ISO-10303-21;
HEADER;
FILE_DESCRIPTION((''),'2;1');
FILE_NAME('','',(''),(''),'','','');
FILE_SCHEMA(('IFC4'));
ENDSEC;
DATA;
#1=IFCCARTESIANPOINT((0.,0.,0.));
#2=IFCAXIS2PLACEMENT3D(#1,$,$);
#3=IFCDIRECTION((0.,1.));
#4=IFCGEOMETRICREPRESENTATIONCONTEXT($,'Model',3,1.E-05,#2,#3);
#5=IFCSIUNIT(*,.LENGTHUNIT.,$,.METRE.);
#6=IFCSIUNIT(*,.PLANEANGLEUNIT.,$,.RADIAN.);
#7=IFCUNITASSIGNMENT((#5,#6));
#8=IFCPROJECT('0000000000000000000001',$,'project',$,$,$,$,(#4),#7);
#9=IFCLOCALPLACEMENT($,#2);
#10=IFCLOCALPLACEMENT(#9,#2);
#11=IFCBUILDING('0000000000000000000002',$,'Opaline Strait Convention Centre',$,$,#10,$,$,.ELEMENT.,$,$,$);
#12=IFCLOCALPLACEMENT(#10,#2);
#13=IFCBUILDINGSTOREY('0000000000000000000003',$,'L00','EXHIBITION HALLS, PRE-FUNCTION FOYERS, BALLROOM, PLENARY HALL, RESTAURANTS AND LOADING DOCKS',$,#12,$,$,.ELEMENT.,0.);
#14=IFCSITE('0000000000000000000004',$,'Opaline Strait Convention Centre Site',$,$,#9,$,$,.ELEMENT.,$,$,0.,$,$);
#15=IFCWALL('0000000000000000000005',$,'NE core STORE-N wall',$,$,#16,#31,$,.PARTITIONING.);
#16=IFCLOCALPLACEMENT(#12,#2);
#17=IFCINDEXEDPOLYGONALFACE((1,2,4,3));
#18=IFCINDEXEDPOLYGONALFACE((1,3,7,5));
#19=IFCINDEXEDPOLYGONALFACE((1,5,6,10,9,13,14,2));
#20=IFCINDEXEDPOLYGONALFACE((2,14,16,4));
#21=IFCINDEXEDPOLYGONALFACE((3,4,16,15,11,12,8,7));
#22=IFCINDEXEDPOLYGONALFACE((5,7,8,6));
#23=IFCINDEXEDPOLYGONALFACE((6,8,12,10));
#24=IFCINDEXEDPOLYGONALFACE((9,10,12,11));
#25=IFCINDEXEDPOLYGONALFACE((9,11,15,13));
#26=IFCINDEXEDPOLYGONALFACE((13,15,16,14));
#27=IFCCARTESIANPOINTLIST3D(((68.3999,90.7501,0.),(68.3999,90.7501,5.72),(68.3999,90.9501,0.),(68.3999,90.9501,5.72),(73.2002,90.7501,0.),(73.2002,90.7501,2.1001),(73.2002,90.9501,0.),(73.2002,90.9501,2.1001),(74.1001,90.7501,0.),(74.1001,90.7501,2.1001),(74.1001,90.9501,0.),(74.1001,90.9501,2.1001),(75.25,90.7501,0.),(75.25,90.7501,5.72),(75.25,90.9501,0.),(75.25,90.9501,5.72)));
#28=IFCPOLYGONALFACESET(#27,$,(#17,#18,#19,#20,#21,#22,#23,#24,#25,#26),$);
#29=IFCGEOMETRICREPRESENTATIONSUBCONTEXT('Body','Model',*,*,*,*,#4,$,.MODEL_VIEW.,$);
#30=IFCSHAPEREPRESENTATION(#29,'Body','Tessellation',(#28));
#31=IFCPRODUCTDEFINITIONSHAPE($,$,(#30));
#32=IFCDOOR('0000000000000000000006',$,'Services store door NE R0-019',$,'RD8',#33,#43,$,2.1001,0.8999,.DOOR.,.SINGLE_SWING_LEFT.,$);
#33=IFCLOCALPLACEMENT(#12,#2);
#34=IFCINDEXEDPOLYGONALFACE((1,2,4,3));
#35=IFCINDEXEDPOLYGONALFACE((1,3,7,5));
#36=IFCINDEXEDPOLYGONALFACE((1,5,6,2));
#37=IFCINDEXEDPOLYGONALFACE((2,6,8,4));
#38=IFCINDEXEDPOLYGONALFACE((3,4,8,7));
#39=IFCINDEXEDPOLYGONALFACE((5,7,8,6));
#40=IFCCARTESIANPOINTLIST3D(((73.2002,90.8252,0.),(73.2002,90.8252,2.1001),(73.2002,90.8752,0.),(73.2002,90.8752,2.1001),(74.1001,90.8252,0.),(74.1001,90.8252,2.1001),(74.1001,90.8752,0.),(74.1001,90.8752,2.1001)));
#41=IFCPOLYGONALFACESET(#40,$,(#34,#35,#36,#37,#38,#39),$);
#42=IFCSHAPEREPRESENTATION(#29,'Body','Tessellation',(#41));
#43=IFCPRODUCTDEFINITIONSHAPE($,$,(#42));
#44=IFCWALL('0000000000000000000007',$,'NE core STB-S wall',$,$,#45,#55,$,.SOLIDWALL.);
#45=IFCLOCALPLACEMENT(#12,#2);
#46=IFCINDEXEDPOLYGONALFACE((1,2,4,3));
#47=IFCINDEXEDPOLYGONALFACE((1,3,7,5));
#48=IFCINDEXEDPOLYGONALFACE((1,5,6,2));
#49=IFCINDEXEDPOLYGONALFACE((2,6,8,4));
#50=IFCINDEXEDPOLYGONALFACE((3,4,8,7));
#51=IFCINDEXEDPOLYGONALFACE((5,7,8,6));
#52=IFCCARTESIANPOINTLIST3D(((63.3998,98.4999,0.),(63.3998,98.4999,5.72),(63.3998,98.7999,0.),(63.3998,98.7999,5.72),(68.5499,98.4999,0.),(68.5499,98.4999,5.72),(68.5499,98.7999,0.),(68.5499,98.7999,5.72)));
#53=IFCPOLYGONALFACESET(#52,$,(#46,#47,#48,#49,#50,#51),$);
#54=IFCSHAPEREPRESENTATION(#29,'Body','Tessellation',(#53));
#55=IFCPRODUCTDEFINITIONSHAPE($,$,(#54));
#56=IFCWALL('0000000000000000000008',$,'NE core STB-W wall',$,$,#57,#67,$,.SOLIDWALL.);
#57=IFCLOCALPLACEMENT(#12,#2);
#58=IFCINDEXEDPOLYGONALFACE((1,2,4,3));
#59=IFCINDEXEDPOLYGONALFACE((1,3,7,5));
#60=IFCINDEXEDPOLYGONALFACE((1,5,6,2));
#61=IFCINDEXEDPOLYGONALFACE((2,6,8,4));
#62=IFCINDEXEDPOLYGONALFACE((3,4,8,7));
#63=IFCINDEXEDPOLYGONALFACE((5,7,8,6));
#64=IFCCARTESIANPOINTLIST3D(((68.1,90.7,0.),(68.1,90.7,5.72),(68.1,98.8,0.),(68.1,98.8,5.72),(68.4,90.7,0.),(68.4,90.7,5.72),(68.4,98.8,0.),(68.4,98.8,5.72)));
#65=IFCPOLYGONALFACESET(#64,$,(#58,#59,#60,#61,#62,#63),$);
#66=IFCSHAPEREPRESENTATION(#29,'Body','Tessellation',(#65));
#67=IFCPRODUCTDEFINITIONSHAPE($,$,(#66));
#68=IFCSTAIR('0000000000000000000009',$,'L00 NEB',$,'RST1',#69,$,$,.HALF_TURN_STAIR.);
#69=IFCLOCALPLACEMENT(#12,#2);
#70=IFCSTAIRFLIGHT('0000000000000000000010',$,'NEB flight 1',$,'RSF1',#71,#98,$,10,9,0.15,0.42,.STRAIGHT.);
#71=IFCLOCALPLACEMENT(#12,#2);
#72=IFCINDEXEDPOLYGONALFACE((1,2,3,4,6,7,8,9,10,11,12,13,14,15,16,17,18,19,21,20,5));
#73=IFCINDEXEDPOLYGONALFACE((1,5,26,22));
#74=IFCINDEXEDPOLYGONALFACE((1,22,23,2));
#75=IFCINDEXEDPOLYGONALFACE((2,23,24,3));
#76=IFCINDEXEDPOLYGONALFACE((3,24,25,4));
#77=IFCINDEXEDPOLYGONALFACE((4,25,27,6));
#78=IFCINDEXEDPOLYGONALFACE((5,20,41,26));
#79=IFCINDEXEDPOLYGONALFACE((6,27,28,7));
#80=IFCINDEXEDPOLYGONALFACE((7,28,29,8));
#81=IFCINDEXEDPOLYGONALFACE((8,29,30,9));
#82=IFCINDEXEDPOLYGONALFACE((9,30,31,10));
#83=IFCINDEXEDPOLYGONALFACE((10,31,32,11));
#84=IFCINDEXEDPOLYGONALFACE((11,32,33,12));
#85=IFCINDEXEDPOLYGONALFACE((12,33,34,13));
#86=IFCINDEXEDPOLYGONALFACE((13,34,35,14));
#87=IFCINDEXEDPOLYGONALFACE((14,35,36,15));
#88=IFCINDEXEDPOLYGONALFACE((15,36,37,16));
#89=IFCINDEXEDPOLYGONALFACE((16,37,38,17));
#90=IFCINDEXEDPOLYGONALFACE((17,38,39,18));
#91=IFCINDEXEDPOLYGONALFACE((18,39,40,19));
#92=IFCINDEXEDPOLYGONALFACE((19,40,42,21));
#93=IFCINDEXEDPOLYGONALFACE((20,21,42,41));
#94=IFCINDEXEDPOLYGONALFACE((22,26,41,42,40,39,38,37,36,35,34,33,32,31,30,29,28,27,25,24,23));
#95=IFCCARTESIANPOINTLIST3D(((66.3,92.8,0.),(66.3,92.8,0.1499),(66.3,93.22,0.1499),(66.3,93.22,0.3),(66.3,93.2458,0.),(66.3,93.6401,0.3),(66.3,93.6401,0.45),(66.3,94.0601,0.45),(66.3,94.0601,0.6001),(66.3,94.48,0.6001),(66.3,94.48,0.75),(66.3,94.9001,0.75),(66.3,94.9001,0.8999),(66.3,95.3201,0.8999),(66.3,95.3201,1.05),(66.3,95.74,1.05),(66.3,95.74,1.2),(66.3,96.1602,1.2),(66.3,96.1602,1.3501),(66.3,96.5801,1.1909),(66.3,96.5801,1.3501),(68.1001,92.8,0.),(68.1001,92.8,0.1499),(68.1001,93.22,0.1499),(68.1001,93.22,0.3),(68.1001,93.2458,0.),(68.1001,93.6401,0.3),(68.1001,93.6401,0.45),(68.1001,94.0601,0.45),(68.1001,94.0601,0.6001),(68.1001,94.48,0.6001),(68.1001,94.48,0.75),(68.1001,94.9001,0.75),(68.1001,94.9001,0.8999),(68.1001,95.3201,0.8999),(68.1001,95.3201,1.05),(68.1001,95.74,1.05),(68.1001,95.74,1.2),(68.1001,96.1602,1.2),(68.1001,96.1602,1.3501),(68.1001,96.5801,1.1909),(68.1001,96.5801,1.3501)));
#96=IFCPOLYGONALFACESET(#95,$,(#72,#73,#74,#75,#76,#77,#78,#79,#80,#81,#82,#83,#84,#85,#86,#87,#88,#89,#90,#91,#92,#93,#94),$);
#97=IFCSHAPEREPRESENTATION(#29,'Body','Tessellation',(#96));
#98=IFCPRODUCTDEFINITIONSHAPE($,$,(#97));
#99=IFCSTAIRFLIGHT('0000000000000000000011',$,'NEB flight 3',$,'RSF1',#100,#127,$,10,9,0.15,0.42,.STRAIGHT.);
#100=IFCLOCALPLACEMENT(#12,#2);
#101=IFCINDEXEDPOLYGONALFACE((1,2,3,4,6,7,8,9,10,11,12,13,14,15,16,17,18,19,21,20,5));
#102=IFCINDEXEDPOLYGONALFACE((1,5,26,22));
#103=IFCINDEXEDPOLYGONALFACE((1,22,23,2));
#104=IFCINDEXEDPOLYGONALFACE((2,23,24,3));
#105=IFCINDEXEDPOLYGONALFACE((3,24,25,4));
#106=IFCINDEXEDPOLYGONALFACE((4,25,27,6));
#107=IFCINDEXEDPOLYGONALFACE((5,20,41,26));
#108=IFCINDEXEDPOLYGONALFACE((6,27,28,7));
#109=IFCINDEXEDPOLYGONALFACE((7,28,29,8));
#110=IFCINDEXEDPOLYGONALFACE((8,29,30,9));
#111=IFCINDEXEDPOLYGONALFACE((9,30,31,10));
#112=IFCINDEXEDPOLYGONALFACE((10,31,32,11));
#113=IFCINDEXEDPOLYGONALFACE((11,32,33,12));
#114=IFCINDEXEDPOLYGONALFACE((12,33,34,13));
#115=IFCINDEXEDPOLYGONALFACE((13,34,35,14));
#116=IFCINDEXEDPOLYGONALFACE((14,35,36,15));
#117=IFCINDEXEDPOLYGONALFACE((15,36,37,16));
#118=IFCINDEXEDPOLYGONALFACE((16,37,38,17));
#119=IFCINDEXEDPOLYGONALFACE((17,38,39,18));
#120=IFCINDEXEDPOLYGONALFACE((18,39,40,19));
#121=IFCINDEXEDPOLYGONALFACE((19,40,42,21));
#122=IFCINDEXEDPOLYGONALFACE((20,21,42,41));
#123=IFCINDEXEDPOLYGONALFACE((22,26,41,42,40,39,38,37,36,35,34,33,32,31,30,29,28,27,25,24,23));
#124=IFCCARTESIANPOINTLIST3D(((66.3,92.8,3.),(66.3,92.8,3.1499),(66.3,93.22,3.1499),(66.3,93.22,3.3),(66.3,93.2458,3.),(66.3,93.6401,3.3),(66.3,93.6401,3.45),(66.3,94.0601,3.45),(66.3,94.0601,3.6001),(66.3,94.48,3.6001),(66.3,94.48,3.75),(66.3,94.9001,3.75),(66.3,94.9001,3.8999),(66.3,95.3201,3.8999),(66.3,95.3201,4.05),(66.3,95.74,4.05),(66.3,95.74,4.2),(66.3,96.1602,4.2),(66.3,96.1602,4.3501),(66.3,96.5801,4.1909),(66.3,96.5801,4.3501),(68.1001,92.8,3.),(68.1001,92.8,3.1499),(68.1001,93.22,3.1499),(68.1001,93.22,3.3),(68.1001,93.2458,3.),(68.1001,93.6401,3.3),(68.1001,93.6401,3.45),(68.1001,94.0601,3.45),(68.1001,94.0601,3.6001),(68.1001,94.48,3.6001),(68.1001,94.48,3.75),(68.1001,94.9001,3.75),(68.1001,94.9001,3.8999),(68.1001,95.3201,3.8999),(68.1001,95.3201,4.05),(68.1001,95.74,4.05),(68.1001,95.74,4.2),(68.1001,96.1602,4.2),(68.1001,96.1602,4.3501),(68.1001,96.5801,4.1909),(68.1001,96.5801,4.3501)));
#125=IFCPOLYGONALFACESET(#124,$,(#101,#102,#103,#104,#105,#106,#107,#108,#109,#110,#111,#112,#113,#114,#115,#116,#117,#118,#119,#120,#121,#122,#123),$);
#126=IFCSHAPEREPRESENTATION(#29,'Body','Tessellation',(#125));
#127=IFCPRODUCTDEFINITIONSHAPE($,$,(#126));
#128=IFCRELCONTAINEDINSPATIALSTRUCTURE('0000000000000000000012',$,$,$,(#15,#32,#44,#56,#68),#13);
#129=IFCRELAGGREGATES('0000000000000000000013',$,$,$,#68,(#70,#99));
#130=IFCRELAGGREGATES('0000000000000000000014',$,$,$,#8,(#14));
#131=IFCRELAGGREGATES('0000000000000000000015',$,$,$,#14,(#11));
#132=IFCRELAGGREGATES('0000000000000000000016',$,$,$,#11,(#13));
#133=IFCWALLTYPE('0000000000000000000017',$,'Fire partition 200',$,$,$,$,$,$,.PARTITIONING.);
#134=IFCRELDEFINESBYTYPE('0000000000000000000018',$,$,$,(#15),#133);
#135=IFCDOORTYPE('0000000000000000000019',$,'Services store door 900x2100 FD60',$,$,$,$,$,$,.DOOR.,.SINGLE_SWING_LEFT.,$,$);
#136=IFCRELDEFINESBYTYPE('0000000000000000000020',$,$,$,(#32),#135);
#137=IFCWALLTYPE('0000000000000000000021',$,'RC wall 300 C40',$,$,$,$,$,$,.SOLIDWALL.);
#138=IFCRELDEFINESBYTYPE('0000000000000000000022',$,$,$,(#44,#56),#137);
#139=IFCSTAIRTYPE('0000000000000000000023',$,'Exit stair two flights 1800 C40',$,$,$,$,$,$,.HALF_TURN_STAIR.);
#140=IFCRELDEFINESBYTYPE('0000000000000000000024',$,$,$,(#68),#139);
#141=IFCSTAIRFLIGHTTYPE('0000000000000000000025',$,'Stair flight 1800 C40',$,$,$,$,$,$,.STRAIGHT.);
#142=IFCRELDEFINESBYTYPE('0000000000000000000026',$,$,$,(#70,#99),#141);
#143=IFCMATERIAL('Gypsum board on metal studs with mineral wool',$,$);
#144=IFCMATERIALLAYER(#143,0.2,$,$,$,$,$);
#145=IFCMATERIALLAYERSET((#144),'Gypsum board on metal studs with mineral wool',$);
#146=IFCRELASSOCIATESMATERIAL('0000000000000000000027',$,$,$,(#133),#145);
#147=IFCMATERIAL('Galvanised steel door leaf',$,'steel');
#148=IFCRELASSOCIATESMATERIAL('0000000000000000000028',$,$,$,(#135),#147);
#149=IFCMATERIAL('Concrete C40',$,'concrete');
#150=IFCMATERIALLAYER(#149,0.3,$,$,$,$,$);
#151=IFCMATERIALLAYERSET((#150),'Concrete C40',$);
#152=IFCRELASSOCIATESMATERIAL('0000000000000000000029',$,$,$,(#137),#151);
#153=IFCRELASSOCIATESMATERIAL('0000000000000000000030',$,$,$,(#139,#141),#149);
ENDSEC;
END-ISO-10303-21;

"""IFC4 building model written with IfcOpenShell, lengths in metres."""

from ifc_helpers import new_model, si_unit, direction, frame, frame_2d, origin, place, context, subcontext, project, spatial, polyline, rectangle, outline, extrude, material, layer, layer_set, type_object, element, fill, aggregate, save


model = new_model("IFC4")

# Units and contexts
model_context = context("Model", 3, precision=1e-05, world=origin(), true_north=direction((0.0, 1.0)))
body_context = subcontext(model_context, "Body", "Model", "MODEL_VIEW")
ifc_project = project(units=[si_unit("LENGTHUNIT", "METRE"), si_unit("PLANEANGLEUNIT", "RADIAN")], contexts=[model_context])

# Site, building, storey
site_placement = place(None, origin())
site = spatial("IfcSite", under=ifc_project, at=site_placement, Name="Opaline Strait Convention Centre Site", CompositionType="ELEMENT", RefElevation=0.0)
building_placement = place(site_placement, origin())
building = spatial("IfcBuilding", under=site, at=building_placement, Name="Opaline Strait Convention Centre", CompositionType="ELEMENT")
storey_placement = place(building_placement, origin())
storey = spatial("IfcBuildingStorey", under=building, at=storey_placement, Name="L00", Description="EXHIBITION HALLS, PRE-FUNCTION FOYERS, BALLROOM, PLENARY HALL, RESTAURANTS AND LOADING DOCKS", CompositionType="ELEMENT", Elevation=0.0)

# Shared definitions
ifc_material_1 = material(Name="Concrete C40", Category="concrete")

# Wall, opening, door
ifc_material_2 = material(Name="Gypsum board on metal studs with mineral wool")
ifc_layer_1 = layer(ifc_material_2, 0.2)
ifc_layer_set_1 = layer_set([ifc_layer_1], Name="Gypsum board on metal studs with mineral wool")
wall_type_1 = type_object("IfcWallType", Name="Fire partition 200", PredefinedType="PARTITIONING", material=ifc_layer_set_1)
wall_1_placement = place(storey_placement, frame((75.25, 90.8501, 0.0), z_axis=(0.0, 0.0, 1.0), x_axis=(-1.0, 0.0, 0.0)))
wall_1 = element("IfcWall", 1, at=wall_1_placement, inside=storey, type_object=wall_type_1, Name="NE core STORE-N wall", PredefinedType="PARTITIONING", context=body_context, shape_type="SweptSolid", body=[
    extrude(rectangle(XDim=6.8501, YDim=0.2, at=frame_2d((3.425, 0.0))), origin(), (0.0, 0.0, 1.0), 5.72),
])
opening_1_placement = place(wall_1_placement, frame((1.1499, 0.0, 0.0)))
opening_1 = element("IfcOpeningElement", 2, at=opening_1_placement, cuts=wall_1, PredefinedType="OPENING", context=body_context, shape_type="SweptSolid", body=[
    extrude(rectangle(XDim=0.8999, YDim=2.1001, at=frame_2d((0.45, 1.05))), frame((0.0, 0.1099, 0.0), z_axis=(0.0, -1.0, 0.0), x_axis=(1.0, 0.0, 0.0)), (0.0, 0.0, 1.0), 0.22),
])
ifc_material_3 = material(Name="Galvanised steel door leaf", Category="steel")
door_type_1 = type_object("IfcDoorType", Name="Services store door 900x2100 FD60", OperationType="SINGLE_SWING_LEFT", PredefinedType="DOOR", material=ifc_material_3)
door_1_placement = place(opening_1_placement, origin())
door_1 = element("IfcDoor", 3, at=door_1_placement, inside=storey, type_object=door_type_1, Name="Services store door NE R0-019", ObjectType="RD8", OperationType="SINGLE_SWING_LEFT", OverallHeight=2.1001, OverallWidth=0.8999, PredefinedType="DOOR", context=body_context, shape_type="SweptSolid", body=[
    extrude(rectangle(XDim=0.8999, YDim=2.1001, at=frame_2d((0.45, 1.05))), frame((0.0, 0.0249, 0.0), z_axis=(0.0, -1.0, 0.0), x_axis=(1.0, 0.0, 0.0)), (0.0, 0.0, 1.0), 0.05),
])
fill(opening_1, door_1)

# Wall
ifc_layer_2 = layer(ifc_material_1, 0.3)
ifc_layer_set_2 = layer_set([ifc_layer_2], Name="Concrete C40")
wall_type_2 = type_object("IfcWallType", Name="RC wall 300 C40", PredefinedType="SOLIDWALL", material=ifc_layer_set_2)
wall_2_placement = place(storey_placement, frame((68.55, 98.6499, 0.0), z_axis=(0.0, 0.0, 1.0), x_axis=(-1.0, 0.0, 0.0)))
element("IfcWall", 4, at=wall_2_placement, inside=storey, type_object=wall_type_2, Name="NE core STB-S wall", PredefinedType="SOLIDWALL", context=body_context, shape_type="SweptSolid", body=[
    extrude(rectangle(XDim=5.1501, YDim=0.3, at=frame_2d((2.5752, 0.0))), origin(), (0.0, 0.0, 1.0), 5.72),
])

# Wall
wall_3_placement = place(storey_placement, frame((68.25, 98.8, 0.0), z_axis=(0.0, 0.0, 1.0), x_axis=(0.0, -1.0, 0.0)))
element("IfcWall", 5, at=wall_3_placement, inside=storey, type_object=wall_type_2, Name="NE core STB-W wall", PredefinedType="SOLIDWALL", context=body_context, shape_type="SweptSolid", body=[
    extrude(rectangle(XDim=8.1001, YDim=0.3, at=frame_2d((4.05, 0.0))), origin(), (0.0, 0.0, 1.0), 5.72),
])

# Stair, stair flights
stair_type = type_object("IfcStairType", Name="Exit stair two flights 1800 C40", PredefinedType="HALF_TURN_STAIR", material=ifc_material_1)
stair_placement = place(storey_placement, origin())
stair = element("IfcStair", 6, at=stair_placement, inside=storey, type_object=stair_type, Name="L00 NEB", ObjectType="RST1", PredefinedType="HALF_TURN_STAIR")
stair_flight_type = type_object("IfcStairFlightType", Name="Stair flight 1800 C40", PredefinedType="STRAIGHT", material=ifc_material_1)
stair_flight_1_placement = place(storey_placement, frame((67.2, 92.8, 0.0), z_axis=(0.0, 0.0, 1.0), x_axis=(0.0, 1.0, 0.0)))
stair_flight_1 = element("IfcStairFlight", 7, at=stair_flight_1_placement, type_object=stair_flight_type, Name="NEB flight 1", ObjectType="RSF1", NumberOfRisers=10, NumberOfTreads=9, PredefinedType="STRAIGHT", RiserHeight=0.15, TreadLength=0.42, context=body_context, shape_type="SweptSolid", body=[
    extrude(outline(polyline([(0.0, 0.0), (0.0, 0.1499), (0.4199, 0.1499), (0.4199, 0.3), (0.8401, 0.3), (0.8401, 0.45), (1.26, 0.45), (1.26, 0.6001), (1.6799, 0.6001), (1.6799, 0.75), (2.1001, 0.75), (2.1001, 0.8999), (2.52, 0.8999), (2.52, 1.05), (2.9399, 1.05), (2.9399, 1.2), (3.3601, 1.2), (3.3601, 1.3501), (3.78, 1.3501), (3.78, 1.5), (3.78, 1.1909), (0.4458, 0.0), (0.0, 0.0)])), frame((0.0, 0.8999, 0.0), z_axis=(0.0, -1.0, 0.0), x_axis=(1.0, 0.0, 0.0)), (0.0, 0.0, 1.0), 1.8),
])
stair_flight_2_placement = place(storey_placement, frame((67.2, 92.8, 3.0), z_axis=(0.0, 0.0, 1.0), x_axis=(0.0, 1.0, 0.0)))
stair_flight_2 = element("IfcStairFlight", 8, at=stair_flight_2_placement, type_object=stair_flight_type, Name="NEB flight 3", ObjectType="RSF1", NumberOfRisers=10, NumberOfTreads=9, PredefinedType="STRAIGHT", RiserHeight=0.15, TreadLength=0.42, context=body_context, shape_type="SweptSolid", body=[
    extrude(outline(polyline([(0.0, 0.0), (0.0, 0.1499), (0.4199, 0.1499), (0.4199, 0.3), (0.8401, 0.3), (0.8401, 0.45), (1.26, 0.45), (1.26, 0.6001), (1.6799, 0.6001), (1.6799, 0.75), (2.1001, 0.75), (2.1001, 0.8999), (2.52, 0.8999), (2.52, 1.05), (2.9399, 1.05), (2.9399, 1.2), (3.3601, 1.2), (3.3601, 1.3501), (3.78, 1.3501), (3.78, 1.5), (3.78, 1.1909), (0.4458, 0.0), (0.0, 0.0)])), frame((0.0, 0.8999, 0.0), z_axis=(0.0, -1.0, 0.0), x_axis=(1.0, 0.0, 0.0)), (0.0, 0.0, 1.0), 1.8),
])
aggregate(stair, [stair_flight_1, stair_flight_2])

save(model, "model.ifc")
